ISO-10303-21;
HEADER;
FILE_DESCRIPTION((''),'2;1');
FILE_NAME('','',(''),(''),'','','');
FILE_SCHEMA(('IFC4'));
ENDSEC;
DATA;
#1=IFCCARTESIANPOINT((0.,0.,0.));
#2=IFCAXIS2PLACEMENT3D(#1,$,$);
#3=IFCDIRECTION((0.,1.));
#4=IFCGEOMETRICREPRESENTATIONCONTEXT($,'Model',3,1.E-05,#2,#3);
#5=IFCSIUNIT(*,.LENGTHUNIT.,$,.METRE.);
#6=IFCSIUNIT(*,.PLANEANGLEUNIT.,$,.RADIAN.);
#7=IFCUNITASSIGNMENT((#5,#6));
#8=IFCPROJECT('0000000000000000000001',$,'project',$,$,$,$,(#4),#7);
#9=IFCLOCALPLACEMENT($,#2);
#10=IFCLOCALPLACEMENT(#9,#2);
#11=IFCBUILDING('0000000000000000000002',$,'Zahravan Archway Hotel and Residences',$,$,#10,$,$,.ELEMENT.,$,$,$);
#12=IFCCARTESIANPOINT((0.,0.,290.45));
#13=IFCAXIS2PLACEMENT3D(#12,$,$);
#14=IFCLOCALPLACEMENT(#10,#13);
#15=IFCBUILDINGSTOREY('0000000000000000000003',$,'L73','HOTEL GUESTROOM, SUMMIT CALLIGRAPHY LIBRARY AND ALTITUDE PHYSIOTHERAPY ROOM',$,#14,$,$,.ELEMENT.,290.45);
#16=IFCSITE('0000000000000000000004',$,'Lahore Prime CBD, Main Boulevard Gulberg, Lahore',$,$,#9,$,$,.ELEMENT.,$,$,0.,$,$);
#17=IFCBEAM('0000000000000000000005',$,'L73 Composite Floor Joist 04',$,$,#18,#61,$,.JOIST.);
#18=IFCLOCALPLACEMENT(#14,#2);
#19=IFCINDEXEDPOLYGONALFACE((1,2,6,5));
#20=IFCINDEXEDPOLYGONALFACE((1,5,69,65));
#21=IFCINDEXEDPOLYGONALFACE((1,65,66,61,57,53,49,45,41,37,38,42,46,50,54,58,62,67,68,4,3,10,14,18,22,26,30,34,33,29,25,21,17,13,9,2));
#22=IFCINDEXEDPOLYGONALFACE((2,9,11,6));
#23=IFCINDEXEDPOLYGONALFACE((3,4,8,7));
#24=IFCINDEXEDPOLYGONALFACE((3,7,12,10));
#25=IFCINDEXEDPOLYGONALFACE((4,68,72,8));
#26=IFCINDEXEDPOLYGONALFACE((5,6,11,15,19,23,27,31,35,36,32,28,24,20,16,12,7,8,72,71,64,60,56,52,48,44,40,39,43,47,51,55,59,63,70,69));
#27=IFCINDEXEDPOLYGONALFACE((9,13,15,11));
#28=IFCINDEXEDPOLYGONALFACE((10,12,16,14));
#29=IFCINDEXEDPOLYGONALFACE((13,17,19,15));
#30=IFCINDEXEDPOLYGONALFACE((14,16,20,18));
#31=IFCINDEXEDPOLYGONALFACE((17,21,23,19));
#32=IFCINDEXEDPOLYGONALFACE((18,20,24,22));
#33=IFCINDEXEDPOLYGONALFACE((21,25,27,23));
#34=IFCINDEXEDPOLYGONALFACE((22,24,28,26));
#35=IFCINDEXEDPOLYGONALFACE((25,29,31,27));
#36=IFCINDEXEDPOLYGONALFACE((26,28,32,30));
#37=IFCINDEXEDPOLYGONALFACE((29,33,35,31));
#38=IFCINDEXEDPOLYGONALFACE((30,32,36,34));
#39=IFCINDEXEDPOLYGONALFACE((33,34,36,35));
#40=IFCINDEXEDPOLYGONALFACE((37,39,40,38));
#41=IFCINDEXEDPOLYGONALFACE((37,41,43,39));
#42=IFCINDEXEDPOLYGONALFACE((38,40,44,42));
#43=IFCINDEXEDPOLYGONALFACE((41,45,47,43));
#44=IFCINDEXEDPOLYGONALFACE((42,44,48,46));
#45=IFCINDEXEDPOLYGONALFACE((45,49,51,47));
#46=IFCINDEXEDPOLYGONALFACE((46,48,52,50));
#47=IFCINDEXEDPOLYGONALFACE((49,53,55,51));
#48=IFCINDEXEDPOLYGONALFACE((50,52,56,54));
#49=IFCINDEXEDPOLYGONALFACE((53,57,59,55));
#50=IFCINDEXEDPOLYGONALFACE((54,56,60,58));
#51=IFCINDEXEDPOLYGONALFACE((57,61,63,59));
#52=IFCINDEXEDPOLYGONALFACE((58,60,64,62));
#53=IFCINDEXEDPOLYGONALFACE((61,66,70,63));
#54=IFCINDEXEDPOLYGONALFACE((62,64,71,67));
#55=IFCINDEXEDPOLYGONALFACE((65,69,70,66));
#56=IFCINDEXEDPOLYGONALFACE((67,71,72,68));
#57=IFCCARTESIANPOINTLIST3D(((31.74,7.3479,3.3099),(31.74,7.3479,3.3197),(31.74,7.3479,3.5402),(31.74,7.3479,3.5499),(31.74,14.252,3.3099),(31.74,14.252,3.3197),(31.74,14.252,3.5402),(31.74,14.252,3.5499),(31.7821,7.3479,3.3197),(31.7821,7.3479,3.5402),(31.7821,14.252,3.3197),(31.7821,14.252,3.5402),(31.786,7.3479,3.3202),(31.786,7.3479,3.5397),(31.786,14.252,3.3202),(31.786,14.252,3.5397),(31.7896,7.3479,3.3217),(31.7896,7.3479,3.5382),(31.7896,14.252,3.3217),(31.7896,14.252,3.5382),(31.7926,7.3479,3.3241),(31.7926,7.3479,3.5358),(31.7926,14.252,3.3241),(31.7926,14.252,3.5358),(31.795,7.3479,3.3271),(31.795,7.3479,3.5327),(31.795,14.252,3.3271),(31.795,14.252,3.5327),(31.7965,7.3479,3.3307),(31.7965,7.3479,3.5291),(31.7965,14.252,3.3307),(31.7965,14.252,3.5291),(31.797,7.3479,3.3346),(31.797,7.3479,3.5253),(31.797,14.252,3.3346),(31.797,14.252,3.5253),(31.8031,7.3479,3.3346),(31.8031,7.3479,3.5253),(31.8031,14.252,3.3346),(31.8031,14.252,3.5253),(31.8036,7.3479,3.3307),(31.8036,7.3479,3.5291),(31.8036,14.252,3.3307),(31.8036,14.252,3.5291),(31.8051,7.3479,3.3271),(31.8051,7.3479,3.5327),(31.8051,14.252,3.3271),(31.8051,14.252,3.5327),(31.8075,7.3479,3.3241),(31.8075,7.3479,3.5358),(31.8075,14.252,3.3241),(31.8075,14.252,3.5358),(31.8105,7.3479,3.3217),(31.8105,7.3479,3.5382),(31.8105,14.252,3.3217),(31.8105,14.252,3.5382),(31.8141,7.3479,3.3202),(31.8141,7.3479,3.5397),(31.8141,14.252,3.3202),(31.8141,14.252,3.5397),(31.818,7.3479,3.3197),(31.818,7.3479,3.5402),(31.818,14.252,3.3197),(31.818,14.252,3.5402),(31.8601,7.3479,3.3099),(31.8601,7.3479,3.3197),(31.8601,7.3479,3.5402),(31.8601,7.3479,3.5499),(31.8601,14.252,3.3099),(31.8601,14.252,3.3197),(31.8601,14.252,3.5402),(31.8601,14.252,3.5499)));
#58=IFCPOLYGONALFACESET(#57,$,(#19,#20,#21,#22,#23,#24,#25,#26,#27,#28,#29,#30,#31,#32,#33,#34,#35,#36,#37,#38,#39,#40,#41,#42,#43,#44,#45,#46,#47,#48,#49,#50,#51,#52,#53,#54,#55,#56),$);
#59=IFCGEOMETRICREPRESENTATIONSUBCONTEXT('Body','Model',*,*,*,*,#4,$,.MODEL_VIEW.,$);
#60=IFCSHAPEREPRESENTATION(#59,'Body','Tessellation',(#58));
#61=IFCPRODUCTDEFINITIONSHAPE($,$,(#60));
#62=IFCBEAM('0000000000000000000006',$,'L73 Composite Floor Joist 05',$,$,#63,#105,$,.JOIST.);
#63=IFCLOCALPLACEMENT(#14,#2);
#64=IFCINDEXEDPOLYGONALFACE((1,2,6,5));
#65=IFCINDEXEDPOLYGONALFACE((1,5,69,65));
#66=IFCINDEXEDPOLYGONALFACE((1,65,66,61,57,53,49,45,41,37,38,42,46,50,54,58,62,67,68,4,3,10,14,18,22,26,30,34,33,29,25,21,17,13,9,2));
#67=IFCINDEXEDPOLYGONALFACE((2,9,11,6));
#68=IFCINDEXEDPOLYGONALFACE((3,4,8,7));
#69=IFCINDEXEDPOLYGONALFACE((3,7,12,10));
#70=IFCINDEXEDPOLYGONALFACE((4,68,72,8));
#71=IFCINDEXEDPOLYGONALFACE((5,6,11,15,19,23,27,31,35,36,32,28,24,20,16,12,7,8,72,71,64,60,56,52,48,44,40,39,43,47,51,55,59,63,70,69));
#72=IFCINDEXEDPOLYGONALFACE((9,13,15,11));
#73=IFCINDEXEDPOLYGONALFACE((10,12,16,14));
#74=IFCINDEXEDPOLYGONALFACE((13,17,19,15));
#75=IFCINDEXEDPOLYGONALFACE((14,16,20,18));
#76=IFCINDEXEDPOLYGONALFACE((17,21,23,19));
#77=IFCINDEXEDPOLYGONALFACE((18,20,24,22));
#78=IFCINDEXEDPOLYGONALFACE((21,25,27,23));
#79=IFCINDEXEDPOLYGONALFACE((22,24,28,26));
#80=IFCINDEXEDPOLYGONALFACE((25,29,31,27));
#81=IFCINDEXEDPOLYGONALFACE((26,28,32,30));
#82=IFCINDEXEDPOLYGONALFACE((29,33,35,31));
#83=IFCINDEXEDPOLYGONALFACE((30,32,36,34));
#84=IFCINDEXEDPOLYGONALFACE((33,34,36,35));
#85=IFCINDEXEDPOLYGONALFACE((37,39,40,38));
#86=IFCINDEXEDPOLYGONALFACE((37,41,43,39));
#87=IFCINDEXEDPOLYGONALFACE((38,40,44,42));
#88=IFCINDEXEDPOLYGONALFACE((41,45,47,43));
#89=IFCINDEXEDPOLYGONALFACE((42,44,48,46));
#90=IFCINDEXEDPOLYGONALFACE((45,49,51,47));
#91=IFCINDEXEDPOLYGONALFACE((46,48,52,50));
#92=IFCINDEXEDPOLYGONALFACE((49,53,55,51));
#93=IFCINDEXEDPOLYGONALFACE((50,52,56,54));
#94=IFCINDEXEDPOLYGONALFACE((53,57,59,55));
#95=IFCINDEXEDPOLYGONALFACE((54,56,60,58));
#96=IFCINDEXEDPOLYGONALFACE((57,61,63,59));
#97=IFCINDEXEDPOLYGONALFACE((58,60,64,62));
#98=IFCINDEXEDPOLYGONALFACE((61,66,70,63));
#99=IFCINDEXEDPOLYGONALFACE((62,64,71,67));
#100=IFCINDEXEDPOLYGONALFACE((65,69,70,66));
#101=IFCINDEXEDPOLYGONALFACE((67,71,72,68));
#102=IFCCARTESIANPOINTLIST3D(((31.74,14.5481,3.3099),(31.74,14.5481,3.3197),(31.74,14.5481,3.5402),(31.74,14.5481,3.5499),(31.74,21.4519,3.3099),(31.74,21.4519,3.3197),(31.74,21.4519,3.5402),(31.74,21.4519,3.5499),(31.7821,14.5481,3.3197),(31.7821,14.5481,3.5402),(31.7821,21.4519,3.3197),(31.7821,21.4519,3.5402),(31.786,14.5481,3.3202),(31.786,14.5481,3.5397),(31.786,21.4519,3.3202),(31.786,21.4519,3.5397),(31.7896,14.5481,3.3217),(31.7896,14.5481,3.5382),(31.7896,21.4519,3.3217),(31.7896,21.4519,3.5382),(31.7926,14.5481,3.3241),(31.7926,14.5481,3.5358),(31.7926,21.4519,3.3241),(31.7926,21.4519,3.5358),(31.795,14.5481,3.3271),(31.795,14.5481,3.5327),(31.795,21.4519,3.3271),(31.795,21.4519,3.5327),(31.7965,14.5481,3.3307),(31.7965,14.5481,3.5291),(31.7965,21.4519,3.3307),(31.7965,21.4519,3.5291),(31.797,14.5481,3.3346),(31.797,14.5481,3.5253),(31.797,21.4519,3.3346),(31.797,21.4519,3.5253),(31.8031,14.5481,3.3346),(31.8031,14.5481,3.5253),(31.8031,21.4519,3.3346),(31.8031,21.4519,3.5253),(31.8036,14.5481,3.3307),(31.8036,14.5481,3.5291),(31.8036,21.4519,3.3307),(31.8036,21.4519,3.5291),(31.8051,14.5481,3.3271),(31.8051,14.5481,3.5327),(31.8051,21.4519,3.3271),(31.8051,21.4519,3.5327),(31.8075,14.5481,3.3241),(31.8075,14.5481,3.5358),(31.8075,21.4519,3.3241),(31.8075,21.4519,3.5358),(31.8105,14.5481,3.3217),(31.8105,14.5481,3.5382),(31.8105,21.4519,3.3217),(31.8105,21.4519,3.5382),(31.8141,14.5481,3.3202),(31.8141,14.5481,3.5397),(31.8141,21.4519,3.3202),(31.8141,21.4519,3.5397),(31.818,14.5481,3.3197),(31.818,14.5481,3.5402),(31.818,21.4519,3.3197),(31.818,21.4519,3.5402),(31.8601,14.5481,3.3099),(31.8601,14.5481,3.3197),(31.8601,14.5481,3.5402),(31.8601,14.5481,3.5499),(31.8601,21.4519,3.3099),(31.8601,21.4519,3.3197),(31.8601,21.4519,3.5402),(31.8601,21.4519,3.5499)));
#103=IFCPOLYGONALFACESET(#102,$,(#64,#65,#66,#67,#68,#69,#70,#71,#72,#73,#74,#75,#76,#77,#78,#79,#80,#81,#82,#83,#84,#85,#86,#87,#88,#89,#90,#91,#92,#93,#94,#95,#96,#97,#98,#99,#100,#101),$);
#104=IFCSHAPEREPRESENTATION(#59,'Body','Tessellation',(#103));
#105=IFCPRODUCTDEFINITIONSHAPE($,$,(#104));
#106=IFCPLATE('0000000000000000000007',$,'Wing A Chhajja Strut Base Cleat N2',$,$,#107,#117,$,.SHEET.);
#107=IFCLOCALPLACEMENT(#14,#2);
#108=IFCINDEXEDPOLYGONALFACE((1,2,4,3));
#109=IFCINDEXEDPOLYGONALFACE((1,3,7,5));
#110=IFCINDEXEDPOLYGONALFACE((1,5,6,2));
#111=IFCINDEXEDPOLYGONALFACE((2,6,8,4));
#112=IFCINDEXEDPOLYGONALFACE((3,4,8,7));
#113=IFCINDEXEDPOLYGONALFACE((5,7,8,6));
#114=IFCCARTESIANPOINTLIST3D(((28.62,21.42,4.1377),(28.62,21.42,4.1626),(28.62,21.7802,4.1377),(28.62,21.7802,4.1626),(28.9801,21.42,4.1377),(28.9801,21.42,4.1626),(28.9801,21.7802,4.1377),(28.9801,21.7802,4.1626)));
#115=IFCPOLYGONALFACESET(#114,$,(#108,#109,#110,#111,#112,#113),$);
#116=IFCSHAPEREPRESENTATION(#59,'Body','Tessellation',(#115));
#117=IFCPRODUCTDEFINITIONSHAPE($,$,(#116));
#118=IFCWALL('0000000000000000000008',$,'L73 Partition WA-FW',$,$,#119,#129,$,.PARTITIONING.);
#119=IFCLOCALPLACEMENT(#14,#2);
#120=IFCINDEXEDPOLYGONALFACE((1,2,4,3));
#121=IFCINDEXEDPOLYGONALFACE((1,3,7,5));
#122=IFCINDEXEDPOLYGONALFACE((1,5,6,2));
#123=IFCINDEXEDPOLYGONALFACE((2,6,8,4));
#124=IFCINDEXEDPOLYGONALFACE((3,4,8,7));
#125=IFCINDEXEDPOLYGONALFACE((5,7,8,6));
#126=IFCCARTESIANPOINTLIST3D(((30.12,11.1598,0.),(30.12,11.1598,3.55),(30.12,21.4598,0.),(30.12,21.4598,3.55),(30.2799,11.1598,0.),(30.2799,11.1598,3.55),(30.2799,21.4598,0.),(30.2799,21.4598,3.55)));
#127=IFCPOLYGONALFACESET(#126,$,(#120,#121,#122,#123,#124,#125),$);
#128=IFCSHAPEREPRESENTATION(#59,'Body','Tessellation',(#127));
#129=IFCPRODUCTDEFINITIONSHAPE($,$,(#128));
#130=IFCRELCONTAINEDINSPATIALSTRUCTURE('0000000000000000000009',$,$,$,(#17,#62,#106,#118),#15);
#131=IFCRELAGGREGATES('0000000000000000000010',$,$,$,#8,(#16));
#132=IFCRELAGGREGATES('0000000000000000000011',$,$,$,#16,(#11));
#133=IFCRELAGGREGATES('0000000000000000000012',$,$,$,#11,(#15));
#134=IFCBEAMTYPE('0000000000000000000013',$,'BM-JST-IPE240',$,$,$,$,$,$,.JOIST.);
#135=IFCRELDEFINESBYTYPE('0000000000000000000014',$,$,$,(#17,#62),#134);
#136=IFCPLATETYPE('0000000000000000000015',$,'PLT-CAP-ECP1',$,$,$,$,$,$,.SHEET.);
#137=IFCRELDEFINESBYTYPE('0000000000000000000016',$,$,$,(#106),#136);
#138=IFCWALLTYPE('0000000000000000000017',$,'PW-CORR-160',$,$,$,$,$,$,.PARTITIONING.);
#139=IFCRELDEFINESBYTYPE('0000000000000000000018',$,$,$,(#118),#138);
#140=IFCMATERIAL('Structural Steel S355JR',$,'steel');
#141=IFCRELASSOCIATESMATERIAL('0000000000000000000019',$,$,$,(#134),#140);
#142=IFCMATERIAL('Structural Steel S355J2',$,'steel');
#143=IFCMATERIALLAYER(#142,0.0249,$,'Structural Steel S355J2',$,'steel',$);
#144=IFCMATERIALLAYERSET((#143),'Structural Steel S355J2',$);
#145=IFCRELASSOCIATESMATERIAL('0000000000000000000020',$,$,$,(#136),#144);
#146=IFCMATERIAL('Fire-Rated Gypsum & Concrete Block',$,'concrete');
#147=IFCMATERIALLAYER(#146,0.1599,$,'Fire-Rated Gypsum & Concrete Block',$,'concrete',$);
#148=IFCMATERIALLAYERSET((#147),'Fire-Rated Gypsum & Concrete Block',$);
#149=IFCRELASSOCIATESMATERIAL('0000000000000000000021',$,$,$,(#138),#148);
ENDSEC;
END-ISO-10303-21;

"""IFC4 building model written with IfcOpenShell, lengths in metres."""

from ifc_helpers import new_model, si_unit, direction, frame, frame_2d, origin, origin_2d, place, context, subcontext, project, spatial, rectangle, i_section, extrude, source, transform, mapped, material, layer, layer_set, material_profile, profile_set, type_object, type_shapes, element, save


model = new_model("IFC4")

# Units and contexts
model_context = context("Model", 3, precision=1e-05, world=origin(), true_north=direction((0.0, 1.0)))
body_context = subcontext(model_context, "Body", "Model", "MODEL_VIEW")
ifc_project = project(units=[si_unit("LENGTHUNIT", "METRE"), si_unit("PLANEANGLEUNIT", "RADIAN")], contexts=[model_context])

# Site, building, storey
site_placement = place(None, origin())
site = spatial("IfcSite", under=ifc_project, at=site_placement, Name="Lahore Prime CBD, Main Boulevard Gulberg, Lahore", CompositionType="ELEMENT", RefElevation=0.0)
building_placement = place(site_placement, origin())
building = spatial("IfcBuilding", under=site, at=building_placement, Name="Zahravan Archway Hotel and Residences", CompositionType="ELEMENT")
storey_placement = place(building_placement, frame((0.0, 0.0, 290.45)))
storey = spatial("IfcBuildingStorey", under=building, at=storey_placement, Name="L73", Description="HOTEL GUESTROOM, SUMMIT CALLIGRAPHY LIBRARY AND ALTITUDE PHYSIOTHERAPY ROOM", CompositionType="ELEMENT", Elevation=290.45)

# Beams
ifc_material_1 = material(Name="Structural Steel S355JR", Category="steel")
ifc_material_profile_1 = material_profile(ifc_material_1, i_section(OverallWidth=0.1201, OverallDepth=0.24, WebThickness=0.0061, FlangeThickness=0.0098, FilletRadius=0.0149, at=origin_2d()), Name="IPE 240", Category="steel")
ifc_profile_set_1 = profile_set([ifc_material_profile_1], Name="Structural Steel S355JR")
beam_type_1 = type_object("IfcBeamType", Name="BM-JST-IPE240", PredefinedType="JOIST", material=ifc_profile_set_1)
shared_shape_1 = source(origin(), body_context, "Body", "SweptSolid", [
    extrude(i_section(OverallWidth=0.1201, OverallDepth=0.24, WebThickness=0.0061, FlangeThickness=0.0098, FilletRadius=0.0149, at=origin_2d()), origin(), (0.0, 0.0, 1.0), 6.9041),
])
type_shapes(beam_type_1, [shared_shape_1])
beam_1_placement = place(storey_placement, frame((31.8, 7.3479, 3.4299), z_axis=(0.0, 1.0, 0.0), x_axis=(-1.0, 0.0, 0.0)))
element("IfcBeam", 1, at=beam_1_placement, inside=storey, type_object=beam_type_1, Name="L73 Composite Floor Joist 04", PredefinedType="JOIST", context=body_context, shape_type="MappedRepresentation", body=[
    mapped(shared_shape_1, transform((0.0, 0.0, 0.0), scale=1.0)),
])
shared_shape_2 = source(origin(), body_context, "Body", "SweptSolid", [
    extrude(i_section(OverallWidth=0.1201, OverallDepth=0.24, WebThickness=0.0061, FlangeThickness=0.0098, FilletRadius=0.0149, at=origin_2d()), origin(), (0.0, 0.0, 1.0), 6.9038),
])
beam_2_placement = place(storey_placement, frame((31.8, 14.5481, 3.4299), z_axis=(0.0, 1.0, 0.0), x_axis=(-1.0, 0.0, 0.0)))
element("IfcBeam", 2, at=beam_2_placement, inside=storey, type_object=beam_type_1, Name="L73 Composite Floor Joist 05", PredefinedType="JOIST", context=body_context, shape_type="MappedRepresentation", body=[
    mapped(shared_shape_2, transform((0.0, 0.0, 0.0), scale=1.0)),
])

# Plate
ifc_material_2 = material(Name="Structural Steel S355J2", Category="steel")
ifc_layer_1 = layer(ifc_material_2, 0.0249, Name="Structural Steel S355J2", Category="steel")
ifc_layer_set_1 = layer_set([ifc_layer_1], Name="Structural Steel S355J2")
plate_type = type_object("IfcPlateType", Name="PLT-CAP-ECP1", PredefinedType="SHEET", material=ifc_layer_set_1)
shared_shape_3 = source(origin(), body_context, "Body", "SweptSolid", [
    extrude(rectangle(XDim=0.3601, YDim=0.3601, at=origin_2d()), origin(), (0.0, 0.0, 1.0), 0.0249),
])
type_shapes(plate_type, [shared_shape_3])
plate_placement = place(storey_placement, frame((28.8, 21.6001, 4.1377), z_axis=(0.0, 0.0, 1.0), x_axis=(1.0, 0.0, 0.0)))
element("IfcPlate", 3, at=plate_placement, inside=storey, type_object=plate_type, Name="Wing A Chhajja Strut Base Cleat N2", PredefinedType="SHEET", context=body_context, shape_type="MappedRepresentation", body=[
    mapped(shared_shape_3, transform((0.0, 0.0, 0.0), scale=1.0)),
])

# Wall
ifc_material_3 = material(Name="Fire-Rated Gypsum & Concrete Block", Category="concrete")
ifc_layer_2 = layer(ifc_material_3, 0.1599, Name="Fire-Rated Gypsum & Concrete Block", Category="concrete")
ifc_layer_set_2 = layer_set([ifc_layer_2], Name="Fire-Rated Gypsum & Concrete Block")
wall_type_1 = type_object("IfcWallType", Name="PW-CORR-160", PredefinedType="PARTITIONING", material=ifc_layer_set_2)
wall_1_placement = place(storey_placement, frame((30.2, 11.1599, 0.0), z_axis=(0.0, 0.0, 1.0), x_axis=(0.0, 1.0, 0.0)))
element("IfcWall", 4, at=wall_1_placement, inside=storey, type_object=wall_type_1, Name="L73 Partition WA-FW", PredefinedType="PARTITIONING", context=body_context, shape_type="SweptSolid", body=[
    extrude(rectangle(XDim=10.3, YDim=0.1599, at=frame_2d((5.1499, 0.0))), origin(), (0.0, 0.0, 1.0), 3.55),
])

save(model, "model.ifc")
